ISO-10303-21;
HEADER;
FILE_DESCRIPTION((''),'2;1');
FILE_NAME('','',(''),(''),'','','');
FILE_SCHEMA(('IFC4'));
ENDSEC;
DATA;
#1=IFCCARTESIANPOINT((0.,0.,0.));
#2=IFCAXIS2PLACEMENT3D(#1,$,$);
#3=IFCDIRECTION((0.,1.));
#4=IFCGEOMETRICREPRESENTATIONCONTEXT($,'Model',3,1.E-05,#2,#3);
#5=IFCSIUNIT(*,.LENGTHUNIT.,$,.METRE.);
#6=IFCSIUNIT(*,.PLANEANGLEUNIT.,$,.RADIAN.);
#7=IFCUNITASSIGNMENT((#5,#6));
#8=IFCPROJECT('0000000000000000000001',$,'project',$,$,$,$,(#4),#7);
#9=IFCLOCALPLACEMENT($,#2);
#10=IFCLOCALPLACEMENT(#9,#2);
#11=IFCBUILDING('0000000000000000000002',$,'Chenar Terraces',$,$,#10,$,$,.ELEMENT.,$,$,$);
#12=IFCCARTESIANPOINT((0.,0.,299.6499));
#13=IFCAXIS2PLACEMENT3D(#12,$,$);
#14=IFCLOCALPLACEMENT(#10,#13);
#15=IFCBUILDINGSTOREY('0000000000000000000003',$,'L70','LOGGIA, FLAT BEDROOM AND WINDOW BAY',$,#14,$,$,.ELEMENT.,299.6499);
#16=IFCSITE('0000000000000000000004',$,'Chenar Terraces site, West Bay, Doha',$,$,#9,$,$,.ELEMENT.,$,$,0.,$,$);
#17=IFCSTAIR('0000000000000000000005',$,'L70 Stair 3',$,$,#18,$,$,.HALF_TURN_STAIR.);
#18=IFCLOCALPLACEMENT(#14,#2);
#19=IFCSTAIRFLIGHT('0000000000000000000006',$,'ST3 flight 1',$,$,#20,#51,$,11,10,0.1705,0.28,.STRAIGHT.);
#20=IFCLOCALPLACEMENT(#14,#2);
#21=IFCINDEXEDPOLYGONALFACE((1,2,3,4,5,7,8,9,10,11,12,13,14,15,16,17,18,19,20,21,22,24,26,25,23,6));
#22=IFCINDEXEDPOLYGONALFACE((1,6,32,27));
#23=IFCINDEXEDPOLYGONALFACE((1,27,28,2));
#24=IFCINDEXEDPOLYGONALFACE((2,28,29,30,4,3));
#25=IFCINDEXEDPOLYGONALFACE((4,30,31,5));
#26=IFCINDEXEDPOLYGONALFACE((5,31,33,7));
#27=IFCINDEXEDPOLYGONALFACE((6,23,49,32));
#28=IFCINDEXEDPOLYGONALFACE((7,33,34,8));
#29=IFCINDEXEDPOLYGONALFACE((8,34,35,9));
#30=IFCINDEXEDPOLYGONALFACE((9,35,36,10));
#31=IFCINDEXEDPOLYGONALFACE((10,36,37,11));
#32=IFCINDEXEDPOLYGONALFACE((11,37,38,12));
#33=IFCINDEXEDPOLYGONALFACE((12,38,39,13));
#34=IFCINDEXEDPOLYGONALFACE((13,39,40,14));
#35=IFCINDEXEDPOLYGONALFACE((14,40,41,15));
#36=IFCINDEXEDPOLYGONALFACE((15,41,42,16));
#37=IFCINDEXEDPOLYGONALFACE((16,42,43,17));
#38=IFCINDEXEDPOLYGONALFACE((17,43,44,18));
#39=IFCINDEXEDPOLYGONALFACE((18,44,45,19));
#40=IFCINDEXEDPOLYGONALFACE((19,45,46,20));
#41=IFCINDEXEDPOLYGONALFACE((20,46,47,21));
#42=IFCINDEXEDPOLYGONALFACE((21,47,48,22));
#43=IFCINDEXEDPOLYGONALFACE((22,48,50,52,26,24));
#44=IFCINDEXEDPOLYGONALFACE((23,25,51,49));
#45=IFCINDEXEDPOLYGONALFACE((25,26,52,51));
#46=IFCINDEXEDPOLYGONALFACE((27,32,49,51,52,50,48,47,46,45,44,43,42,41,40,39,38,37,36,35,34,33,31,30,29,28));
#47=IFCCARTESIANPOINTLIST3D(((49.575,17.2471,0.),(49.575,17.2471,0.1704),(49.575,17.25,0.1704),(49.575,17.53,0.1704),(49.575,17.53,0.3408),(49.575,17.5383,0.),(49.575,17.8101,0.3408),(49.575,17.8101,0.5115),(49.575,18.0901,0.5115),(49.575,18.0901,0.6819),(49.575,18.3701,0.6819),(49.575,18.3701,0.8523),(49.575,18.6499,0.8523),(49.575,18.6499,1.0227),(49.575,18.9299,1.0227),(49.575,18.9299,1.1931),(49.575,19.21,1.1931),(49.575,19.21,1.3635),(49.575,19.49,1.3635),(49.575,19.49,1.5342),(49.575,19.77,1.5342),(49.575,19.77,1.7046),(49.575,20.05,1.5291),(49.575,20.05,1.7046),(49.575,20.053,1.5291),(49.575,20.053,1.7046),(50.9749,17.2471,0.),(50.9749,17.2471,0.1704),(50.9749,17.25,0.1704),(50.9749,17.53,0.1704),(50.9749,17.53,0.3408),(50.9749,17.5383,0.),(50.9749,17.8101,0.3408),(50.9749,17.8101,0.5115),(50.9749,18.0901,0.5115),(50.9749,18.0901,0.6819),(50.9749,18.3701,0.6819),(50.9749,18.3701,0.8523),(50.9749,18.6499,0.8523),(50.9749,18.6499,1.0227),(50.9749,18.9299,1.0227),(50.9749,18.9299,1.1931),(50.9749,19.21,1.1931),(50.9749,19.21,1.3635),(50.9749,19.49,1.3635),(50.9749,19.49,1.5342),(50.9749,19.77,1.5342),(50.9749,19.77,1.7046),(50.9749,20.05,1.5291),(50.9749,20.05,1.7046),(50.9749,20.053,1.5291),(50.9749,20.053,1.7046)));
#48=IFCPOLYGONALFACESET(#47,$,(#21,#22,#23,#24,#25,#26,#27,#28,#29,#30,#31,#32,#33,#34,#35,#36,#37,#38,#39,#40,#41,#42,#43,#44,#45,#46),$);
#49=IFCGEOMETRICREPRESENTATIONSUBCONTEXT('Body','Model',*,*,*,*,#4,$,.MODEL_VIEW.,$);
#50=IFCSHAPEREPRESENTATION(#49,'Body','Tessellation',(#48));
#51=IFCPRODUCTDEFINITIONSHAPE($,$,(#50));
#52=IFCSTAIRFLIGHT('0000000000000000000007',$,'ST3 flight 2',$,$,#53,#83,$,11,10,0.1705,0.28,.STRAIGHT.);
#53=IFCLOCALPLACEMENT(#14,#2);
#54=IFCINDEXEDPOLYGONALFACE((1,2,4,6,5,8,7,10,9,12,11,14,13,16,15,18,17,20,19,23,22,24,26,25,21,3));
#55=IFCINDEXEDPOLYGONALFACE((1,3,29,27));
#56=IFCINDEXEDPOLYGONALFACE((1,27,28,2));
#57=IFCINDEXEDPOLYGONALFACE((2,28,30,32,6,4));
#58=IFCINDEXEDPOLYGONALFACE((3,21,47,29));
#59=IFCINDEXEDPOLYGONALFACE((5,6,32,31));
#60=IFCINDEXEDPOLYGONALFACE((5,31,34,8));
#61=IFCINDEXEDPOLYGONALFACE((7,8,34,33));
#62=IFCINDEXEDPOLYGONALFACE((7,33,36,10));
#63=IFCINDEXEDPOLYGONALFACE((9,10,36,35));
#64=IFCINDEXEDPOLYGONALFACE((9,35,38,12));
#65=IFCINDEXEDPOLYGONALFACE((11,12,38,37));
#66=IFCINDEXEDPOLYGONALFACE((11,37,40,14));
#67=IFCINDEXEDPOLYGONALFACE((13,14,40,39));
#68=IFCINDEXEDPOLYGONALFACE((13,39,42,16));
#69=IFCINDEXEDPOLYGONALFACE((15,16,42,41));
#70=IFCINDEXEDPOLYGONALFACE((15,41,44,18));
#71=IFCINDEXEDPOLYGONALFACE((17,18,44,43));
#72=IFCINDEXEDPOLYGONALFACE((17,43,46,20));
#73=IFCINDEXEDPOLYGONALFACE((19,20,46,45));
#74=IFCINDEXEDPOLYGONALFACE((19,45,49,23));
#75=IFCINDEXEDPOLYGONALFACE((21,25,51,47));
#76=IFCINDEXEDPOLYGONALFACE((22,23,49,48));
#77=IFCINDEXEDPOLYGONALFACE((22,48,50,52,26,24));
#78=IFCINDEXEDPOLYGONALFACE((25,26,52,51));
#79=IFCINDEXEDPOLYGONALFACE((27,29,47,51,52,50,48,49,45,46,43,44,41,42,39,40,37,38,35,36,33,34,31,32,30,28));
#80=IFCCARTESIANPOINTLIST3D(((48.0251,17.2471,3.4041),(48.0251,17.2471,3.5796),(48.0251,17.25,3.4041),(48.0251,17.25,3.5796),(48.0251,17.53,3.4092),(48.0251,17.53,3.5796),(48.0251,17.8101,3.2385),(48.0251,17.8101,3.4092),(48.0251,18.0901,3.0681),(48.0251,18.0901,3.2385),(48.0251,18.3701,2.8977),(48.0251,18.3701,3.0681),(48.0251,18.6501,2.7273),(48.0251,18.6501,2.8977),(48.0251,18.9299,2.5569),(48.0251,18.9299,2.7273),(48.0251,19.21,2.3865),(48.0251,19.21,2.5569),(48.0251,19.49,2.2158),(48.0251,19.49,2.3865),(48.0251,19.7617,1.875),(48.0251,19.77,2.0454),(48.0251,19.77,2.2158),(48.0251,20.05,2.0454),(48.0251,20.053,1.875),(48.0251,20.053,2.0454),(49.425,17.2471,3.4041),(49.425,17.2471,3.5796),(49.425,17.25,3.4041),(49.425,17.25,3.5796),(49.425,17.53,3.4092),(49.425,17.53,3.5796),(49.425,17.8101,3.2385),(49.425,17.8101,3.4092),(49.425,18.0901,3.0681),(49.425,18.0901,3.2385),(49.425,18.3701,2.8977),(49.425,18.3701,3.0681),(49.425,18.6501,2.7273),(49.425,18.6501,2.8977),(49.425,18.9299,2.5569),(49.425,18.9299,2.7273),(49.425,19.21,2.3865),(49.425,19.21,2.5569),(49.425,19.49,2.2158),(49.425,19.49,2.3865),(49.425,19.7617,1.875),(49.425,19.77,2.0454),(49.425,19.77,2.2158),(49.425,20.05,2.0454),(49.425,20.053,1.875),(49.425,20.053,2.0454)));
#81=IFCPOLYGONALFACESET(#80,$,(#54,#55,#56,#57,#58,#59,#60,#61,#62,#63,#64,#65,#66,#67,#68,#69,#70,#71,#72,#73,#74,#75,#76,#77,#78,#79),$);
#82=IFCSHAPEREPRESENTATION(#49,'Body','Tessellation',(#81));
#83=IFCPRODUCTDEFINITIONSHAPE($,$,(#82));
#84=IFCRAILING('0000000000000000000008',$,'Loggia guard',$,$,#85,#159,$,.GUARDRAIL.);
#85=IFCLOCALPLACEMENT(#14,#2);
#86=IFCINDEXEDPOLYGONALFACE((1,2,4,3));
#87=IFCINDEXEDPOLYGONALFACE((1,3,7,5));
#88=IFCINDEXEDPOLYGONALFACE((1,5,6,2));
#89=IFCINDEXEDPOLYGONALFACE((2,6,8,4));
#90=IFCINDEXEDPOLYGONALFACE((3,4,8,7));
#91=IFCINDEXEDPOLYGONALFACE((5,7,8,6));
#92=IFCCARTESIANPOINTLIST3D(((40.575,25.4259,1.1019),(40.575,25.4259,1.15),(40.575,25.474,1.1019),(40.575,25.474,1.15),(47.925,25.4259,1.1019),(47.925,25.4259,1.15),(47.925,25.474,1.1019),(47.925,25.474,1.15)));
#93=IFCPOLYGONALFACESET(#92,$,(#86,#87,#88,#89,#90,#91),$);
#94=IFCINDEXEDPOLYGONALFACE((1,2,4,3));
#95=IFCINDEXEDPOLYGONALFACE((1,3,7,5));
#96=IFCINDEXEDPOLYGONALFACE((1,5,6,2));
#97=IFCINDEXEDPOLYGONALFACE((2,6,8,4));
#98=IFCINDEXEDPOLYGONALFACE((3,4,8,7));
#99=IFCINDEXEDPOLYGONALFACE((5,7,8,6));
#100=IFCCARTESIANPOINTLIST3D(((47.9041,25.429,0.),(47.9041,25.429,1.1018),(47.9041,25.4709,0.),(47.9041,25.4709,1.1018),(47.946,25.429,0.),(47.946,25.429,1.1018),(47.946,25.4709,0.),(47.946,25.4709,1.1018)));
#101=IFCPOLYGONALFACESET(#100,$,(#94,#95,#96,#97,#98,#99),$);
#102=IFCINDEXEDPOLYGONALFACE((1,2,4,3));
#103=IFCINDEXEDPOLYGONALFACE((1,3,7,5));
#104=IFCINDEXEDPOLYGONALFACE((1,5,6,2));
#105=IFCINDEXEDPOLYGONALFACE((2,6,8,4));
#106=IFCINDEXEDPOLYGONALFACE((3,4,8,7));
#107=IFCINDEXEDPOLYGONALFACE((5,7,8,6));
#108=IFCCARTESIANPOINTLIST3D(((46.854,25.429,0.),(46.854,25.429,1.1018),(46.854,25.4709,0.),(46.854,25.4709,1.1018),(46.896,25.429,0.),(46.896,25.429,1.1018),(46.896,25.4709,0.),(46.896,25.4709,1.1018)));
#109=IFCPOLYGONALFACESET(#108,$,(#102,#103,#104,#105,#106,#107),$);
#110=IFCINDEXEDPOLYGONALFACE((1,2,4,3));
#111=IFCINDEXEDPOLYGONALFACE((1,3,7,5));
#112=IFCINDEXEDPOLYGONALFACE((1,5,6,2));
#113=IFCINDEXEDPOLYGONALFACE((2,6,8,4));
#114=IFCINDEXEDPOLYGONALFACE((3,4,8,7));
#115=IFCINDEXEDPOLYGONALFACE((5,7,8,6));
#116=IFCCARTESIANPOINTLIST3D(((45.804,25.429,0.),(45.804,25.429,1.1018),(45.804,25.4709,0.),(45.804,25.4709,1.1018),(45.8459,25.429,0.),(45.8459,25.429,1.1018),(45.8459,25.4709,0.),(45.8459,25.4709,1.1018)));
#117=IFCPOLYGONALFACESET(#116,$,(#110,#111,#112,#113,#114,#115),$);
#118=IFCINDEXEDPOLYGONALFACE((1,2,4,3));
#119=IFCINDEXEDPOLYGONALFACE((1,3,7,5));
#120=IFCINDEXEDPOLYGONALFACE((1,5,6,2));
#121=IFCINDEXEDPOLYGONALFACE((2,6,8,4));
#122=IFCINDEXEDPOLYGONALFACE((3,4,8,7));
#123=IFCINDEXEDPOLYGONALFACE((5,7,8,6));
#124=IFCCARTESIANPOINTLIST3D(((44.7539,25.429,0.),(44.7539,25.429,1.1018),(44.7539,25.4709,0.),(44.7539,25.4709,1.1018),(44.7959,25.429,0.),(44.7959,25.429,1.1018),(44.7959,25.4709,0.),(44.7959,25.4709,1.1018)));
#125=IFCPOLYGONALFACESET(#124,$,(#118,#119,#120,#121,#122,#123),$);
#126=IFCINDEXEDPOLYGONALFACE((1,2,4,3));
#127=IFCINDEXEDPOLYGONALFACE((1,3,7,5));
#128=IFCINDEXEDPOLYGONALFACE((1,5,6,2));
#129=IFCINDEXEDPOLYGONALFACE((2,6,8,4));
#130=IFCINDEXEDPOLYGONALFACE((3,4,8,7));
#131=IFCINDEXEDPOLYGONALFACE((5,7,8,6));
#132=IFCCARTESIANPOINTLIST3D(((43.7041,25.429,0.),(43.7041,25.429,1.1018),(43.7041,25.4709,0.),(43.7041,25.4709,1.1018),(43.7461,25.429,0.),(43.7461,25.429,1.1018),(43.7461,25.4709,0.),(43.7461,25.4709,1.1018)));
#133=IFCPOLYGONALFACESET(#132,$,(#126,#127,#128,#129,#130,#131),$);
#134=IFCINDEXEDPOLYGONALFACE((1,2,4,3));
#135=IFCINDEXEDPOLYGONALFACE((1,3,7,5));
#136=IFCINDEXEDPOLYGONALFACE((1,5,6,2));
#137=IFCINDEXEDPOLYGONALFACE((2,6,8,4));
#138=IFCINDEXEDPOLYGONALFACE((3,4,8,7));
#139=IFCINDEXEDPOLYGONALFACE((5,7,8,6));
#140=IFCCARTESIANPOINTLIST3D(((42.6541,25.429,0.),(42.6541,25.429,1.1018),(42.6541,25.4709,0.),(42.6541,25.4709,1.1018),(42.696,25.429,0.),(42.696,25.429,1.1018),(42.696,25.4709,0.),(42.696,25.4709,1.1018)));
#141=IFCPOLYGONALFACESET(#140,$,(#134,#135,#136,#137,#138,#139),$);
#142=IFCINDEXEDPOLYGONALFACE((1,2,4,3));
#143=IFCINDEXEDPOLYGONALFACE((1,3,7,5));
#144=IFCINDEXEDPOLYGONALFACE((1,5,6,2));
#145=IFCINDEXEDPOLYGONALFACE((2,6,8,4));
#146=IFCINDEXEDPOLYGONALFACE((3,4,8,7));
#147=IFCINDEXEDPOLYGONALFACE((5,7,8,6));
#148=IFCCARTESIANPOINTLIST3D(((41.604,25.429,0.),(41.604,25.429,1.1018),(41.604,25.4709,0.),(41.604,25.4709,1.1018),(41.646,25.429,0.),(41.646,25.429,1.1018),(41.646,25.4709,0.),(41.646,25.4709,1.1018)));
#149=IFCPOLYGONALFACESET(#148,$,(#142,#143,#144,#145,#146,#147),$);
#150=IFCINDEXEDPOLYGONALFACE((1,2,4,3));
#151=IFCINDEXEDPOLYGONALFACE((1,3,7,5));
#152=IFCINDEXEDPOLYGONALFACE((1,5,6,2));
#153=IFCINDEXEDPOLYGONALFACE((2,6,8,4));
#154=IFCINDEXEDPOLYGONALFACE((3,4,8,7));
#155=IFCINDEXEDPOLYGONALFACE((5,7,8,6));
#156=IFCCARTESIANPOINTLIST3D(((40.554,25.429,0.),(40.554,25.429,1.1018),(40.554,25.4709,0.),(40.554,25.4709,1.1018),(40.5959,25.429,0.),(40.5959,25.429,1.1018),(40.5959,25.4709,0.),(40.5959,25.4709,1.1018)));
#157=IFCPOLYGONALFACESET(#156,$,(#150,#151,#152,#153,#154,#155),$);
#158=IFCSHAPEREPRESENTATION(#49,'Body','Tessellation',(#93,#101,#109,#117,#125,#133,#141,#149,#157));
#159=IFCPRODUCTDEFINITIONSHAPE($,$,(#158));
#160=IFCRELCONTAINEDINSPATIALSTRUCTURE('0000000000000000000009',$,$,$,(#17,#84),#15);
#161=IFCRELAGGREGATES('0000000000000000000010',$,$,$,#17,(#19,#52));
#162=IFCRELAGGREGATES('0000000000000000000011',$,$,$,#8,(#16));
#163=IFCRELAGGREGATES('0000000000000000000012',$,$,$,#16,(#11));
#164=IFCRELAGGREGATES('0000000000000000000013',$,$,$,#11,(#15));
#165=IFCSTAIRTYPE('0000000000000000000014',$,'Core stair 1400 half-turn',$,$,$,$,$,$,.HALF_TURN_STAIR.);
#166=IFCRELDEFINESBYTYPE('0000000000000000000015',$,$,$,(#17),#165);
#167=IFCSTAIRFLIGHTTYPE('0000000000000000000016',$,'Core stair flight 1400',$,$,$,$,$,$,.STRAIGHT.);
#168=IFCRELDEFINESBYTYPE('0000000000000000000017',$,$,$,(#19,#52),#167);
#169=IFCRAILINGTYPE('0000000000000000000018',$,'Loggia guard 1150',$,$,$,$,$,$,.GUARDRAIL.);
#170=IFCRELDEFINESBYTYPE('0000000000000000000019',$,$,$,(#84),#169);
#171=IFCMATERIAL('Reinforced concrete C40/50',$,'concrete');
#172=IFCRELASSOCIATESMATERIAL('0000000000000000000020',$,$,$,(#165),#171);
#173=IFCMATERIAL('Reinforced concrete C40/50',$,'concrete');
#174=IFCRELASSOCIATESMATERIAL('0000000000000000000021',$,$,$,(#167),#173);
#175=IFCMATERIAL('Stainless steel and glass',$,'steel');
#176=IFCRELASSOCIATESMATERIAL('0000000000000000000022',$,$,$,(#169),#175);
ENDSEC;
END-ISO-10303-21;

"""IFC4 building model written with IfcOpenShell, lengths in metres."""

from ifc_helpers import new_model, si_unit, direction, frame, origin, origin_2d, place, context, subcontext, project, spatial, polyline, rectangle, outline, extrude, material, type_object, element, aggregate, save


model = new_model("IFC4")

# Units and contexts
model_context = context("Model", 3, precision=1e-05, world=origin(), true_north=direction((0.0, 1.0)))
body_context = subcontext(model_context, "Body", "Model", "MODEL_VIEW")
ifc_project = project(units=[si_unit("LENGTHUNIT", "METRE"), si_unit("PLANEANGLEUNIT", "RADIAN")], contexts=[model_context])

# Site, building, storey
site_placement = place(None, origin())
site = spatial("IfcSite", under=ifc_project, at=site_placement, Name="Chenar Terraces site, West Bay, Doha", CompositionType="ELEMENT", RefElevation=0.0)
building_placement = place(site_placement, origin())
building = spatial("IfcBuilding", under=site, at=building_placement, Name="Chenar Terraces", CompositionType="ELEMENT")
storey_placement = place(building_placement, frame((0.0, 0.0, 299.6499)))
storey = spatial("IfcBuildingStorey", under=building, at=storey_placement, Name="L70", Description="LOGGIA, FLAT BEDROOM AND WINDOW BAY", CompositionType="ELEMENT", Elevation=299.6499)

# Stair, stair flights
ifc_material_1 = material(Name="Reinforced concrete C40/50", Category="concrete")
stair_type = type_object("IfcStairType", Name="Core stair 1400 half-turn", PredefinedType="HALF_TURN_STAIR", material=ifc_material_1)
stair_placement = place(storey_placement, origin())
stair = element("IfcStair", 1, at=stair_placement, inside=storey, type_object=stair_type, Name="L70 Stair 3", PredefinedType="HALF_TURN_STAIR")
ifc_material_2 = material(Name="Reinforced concrete C40/50", Category="concrete")
stair_flight_type = type_object("IfcStairFlightType", Name="Core stair flight 1400", PredefinedType="STRAIGHT", material=ifc_material_2)
stair_flight_1_placement = place(storey_placement, frame((50.2749, 17.25, 0.0), z_axis=(0.0, 0.0, 1.0), x_axis=(0.0, 1.0, 0.0)))
stair_flight_1 = element("IfcStairFlight", 2, at=stair_flight_1_placement, type_object=stair_flight_type, Name="ST3 flight 1", NumberOfRisers=11, NumberOfTreads=10, PredefinedType="STRAIGHT", RiserHeight=0.1705, TreadLength=0.28, context=body_context, shape_type="SweptSolid", body=[
    extrude(outline(polyline([(-0.0029, 0.0), (-0.0029, 0.1704), (0.0, 0.1704), (0.28, 0.1704), (0.28, 0.3408), (0.5601, 0.3408), (0.5601, 0.5115), (0.8401, 0.5115), (0.8401, 0.6819), (1.1201, 0.6819), (1.1201, 0.8523), (1.3999, 0.8523), (1.3999, 1.0227), (1.6799, 1.0227), (1.6799, 1.1931), (1.96, 1.1931), (1.96, 1.3635), (2.24, 1.3635), (2.24, 1.5342), (2.52, 1.5342), (2.52, 1.7046), (2.8, 1.7046), (2.803, 1.7046), (2.803, 1.5291), (2.8, 1.5291), (0.2883, 0.0), (-0.0029, 0.0)])), frame((0.0, 0.7, 0.0), z_axis=(0.0, -1.0, 0.0), x_axis=(1.0, 0.0, 0.0)), (0.0, 0.0, 1.0), 1.3999),
])
stair_flight_2_placement = place(storey_placement, frame((48.7251, 20.05, 1.875), z_axis=(0.0, 0.0, 1.0), x_axis=(0.0, -1.0, 0.0)))
stair_flight_2 = element("IfcStairFlight", 3, at=stair_flight_2_placement, type_object=stair_flight_type, Name="ST3 flight 2", NumberOfRisers=11, NumberOfTreads=10, PredefinedType="STRAIGHT", RiserHeight=0.1705, TreadLength=0.28, context=body_context, shape_type="SweptSolid", body=[
    extrude(outline(polyline([(-0.0029, 0.0), (-0.0029, 0.1704), (0.0, 0.1704), (0.28, 0.1704), (0.28, 0.3408), (0.5601, 0.3408), (0.5601, 0.5115), (0.8401, 0.5115), (0.8401, 0.6819), (1.1201, 0.6819), (1.1201, 0.8523), (1.3999, 0.8523), (1.3999, 1.0227), (1.6799, 1.0227), (1.6799, 1.1931), (1.96, 1.1931), (1.96, 1.3635), (2.24, 1.3635), (2.24, 1.5342), (2.52, 1.5342), (2.52, 1.7046), (2.8, 1.7046), (2.803, 1.7046), (2.803, 1.5291), (2.8, 1.5291), (0.2883, 0.0), (-0.0029, 0.0)])), frame((0.0, 0.7, 0.0), z_axis=(0.0, -1.0, 0.0), x_axis=(1.0, 0.0, 0.0)), (0.0, 0.0, 1.0), 1.3999),
])
aggregate(stair, [stair_flight_1, stair_flight_2])

# Railing
ifc_material_3 = material(Name="Stainless steel and glass", Category="steel")
railing_type_1 = type_object("IfcRailingType", Name="Loggia guard 1150", PredefinedType="GUARDRAIL", material=ifc_material_3)
railing_1_placement = place(storey_placement, frame((47.925, 25.45, 0.0)))
element("IfcRailing", 4, at=railing_1_placement, inside=storey, type_object=railing_type_1, Name="Loggia guard", PredefinedType="GUARDRAIL", context=body_context, shape_type="SweptSolid", body=[
    extrude(rectangle(XDim=0.0481, YDim=0.0481, at=origin_2d()), frame((0.0, 0.0, 1.126), z_axis=(-1.0, 0.0, 0.0), x_axis=(0.0, -1.0, 0.0)), (0.0, 0.0, 1.0), 7.3501),
    extrude(rectangle(XDim=0.042, YDim=0.042, at=origin_2d()), origin(), (0.0, 0.0, 1.0), 1.1018),
    extrude(rectangle(XDim=0.042, YDim=0.042, at=origin_2d()), frame((-1.05, 0.0, 0.0)), (0.0, 0.0, 1.0), 1.1018),
    extrude(rectangle(XDim=0.042, YDim=0.042, at=origin_2d()), frame((-2.1001, 0.0, 0.0)), (0.0, 0.0, 1.0), 1.1018),
    extrude(rectangle(XDim=0.042, YDim=0.042, at=origin_2d()), frame((-3.1501, 0.0, 0.0)), (0.0, 0.0, 1.0), 1.1018),
    extrude(rectangle(XDim=0.042, YDim=0.042, at=origin_2d()), frame((-4.2, 0.0, 0.0)), (0.0, 0.0, 1.0), 1.1018),
    extrude(rectangle(XDim=0.042, YDim=0.042, at=origin_2d()), frame((-5.25, 0.0, 0.0)), (0.0, 0.0, 1.0), 1.1018),
    extrude(rectangle(XDim=0.042, YDim=0.042, at=origin_2d()), frame((-6.3, 0.0, 0.0)), (0.0, 0.0, 1.0), 1.1018),
    extrude(rectangle(XDim=0.042, YDim=0.042, at=origin_2d()), frame((-7.3501, 0.0, 0.0)), (0.0, 0.0, 1.0), 1.1018),
])

save(model, "model.ifc")
